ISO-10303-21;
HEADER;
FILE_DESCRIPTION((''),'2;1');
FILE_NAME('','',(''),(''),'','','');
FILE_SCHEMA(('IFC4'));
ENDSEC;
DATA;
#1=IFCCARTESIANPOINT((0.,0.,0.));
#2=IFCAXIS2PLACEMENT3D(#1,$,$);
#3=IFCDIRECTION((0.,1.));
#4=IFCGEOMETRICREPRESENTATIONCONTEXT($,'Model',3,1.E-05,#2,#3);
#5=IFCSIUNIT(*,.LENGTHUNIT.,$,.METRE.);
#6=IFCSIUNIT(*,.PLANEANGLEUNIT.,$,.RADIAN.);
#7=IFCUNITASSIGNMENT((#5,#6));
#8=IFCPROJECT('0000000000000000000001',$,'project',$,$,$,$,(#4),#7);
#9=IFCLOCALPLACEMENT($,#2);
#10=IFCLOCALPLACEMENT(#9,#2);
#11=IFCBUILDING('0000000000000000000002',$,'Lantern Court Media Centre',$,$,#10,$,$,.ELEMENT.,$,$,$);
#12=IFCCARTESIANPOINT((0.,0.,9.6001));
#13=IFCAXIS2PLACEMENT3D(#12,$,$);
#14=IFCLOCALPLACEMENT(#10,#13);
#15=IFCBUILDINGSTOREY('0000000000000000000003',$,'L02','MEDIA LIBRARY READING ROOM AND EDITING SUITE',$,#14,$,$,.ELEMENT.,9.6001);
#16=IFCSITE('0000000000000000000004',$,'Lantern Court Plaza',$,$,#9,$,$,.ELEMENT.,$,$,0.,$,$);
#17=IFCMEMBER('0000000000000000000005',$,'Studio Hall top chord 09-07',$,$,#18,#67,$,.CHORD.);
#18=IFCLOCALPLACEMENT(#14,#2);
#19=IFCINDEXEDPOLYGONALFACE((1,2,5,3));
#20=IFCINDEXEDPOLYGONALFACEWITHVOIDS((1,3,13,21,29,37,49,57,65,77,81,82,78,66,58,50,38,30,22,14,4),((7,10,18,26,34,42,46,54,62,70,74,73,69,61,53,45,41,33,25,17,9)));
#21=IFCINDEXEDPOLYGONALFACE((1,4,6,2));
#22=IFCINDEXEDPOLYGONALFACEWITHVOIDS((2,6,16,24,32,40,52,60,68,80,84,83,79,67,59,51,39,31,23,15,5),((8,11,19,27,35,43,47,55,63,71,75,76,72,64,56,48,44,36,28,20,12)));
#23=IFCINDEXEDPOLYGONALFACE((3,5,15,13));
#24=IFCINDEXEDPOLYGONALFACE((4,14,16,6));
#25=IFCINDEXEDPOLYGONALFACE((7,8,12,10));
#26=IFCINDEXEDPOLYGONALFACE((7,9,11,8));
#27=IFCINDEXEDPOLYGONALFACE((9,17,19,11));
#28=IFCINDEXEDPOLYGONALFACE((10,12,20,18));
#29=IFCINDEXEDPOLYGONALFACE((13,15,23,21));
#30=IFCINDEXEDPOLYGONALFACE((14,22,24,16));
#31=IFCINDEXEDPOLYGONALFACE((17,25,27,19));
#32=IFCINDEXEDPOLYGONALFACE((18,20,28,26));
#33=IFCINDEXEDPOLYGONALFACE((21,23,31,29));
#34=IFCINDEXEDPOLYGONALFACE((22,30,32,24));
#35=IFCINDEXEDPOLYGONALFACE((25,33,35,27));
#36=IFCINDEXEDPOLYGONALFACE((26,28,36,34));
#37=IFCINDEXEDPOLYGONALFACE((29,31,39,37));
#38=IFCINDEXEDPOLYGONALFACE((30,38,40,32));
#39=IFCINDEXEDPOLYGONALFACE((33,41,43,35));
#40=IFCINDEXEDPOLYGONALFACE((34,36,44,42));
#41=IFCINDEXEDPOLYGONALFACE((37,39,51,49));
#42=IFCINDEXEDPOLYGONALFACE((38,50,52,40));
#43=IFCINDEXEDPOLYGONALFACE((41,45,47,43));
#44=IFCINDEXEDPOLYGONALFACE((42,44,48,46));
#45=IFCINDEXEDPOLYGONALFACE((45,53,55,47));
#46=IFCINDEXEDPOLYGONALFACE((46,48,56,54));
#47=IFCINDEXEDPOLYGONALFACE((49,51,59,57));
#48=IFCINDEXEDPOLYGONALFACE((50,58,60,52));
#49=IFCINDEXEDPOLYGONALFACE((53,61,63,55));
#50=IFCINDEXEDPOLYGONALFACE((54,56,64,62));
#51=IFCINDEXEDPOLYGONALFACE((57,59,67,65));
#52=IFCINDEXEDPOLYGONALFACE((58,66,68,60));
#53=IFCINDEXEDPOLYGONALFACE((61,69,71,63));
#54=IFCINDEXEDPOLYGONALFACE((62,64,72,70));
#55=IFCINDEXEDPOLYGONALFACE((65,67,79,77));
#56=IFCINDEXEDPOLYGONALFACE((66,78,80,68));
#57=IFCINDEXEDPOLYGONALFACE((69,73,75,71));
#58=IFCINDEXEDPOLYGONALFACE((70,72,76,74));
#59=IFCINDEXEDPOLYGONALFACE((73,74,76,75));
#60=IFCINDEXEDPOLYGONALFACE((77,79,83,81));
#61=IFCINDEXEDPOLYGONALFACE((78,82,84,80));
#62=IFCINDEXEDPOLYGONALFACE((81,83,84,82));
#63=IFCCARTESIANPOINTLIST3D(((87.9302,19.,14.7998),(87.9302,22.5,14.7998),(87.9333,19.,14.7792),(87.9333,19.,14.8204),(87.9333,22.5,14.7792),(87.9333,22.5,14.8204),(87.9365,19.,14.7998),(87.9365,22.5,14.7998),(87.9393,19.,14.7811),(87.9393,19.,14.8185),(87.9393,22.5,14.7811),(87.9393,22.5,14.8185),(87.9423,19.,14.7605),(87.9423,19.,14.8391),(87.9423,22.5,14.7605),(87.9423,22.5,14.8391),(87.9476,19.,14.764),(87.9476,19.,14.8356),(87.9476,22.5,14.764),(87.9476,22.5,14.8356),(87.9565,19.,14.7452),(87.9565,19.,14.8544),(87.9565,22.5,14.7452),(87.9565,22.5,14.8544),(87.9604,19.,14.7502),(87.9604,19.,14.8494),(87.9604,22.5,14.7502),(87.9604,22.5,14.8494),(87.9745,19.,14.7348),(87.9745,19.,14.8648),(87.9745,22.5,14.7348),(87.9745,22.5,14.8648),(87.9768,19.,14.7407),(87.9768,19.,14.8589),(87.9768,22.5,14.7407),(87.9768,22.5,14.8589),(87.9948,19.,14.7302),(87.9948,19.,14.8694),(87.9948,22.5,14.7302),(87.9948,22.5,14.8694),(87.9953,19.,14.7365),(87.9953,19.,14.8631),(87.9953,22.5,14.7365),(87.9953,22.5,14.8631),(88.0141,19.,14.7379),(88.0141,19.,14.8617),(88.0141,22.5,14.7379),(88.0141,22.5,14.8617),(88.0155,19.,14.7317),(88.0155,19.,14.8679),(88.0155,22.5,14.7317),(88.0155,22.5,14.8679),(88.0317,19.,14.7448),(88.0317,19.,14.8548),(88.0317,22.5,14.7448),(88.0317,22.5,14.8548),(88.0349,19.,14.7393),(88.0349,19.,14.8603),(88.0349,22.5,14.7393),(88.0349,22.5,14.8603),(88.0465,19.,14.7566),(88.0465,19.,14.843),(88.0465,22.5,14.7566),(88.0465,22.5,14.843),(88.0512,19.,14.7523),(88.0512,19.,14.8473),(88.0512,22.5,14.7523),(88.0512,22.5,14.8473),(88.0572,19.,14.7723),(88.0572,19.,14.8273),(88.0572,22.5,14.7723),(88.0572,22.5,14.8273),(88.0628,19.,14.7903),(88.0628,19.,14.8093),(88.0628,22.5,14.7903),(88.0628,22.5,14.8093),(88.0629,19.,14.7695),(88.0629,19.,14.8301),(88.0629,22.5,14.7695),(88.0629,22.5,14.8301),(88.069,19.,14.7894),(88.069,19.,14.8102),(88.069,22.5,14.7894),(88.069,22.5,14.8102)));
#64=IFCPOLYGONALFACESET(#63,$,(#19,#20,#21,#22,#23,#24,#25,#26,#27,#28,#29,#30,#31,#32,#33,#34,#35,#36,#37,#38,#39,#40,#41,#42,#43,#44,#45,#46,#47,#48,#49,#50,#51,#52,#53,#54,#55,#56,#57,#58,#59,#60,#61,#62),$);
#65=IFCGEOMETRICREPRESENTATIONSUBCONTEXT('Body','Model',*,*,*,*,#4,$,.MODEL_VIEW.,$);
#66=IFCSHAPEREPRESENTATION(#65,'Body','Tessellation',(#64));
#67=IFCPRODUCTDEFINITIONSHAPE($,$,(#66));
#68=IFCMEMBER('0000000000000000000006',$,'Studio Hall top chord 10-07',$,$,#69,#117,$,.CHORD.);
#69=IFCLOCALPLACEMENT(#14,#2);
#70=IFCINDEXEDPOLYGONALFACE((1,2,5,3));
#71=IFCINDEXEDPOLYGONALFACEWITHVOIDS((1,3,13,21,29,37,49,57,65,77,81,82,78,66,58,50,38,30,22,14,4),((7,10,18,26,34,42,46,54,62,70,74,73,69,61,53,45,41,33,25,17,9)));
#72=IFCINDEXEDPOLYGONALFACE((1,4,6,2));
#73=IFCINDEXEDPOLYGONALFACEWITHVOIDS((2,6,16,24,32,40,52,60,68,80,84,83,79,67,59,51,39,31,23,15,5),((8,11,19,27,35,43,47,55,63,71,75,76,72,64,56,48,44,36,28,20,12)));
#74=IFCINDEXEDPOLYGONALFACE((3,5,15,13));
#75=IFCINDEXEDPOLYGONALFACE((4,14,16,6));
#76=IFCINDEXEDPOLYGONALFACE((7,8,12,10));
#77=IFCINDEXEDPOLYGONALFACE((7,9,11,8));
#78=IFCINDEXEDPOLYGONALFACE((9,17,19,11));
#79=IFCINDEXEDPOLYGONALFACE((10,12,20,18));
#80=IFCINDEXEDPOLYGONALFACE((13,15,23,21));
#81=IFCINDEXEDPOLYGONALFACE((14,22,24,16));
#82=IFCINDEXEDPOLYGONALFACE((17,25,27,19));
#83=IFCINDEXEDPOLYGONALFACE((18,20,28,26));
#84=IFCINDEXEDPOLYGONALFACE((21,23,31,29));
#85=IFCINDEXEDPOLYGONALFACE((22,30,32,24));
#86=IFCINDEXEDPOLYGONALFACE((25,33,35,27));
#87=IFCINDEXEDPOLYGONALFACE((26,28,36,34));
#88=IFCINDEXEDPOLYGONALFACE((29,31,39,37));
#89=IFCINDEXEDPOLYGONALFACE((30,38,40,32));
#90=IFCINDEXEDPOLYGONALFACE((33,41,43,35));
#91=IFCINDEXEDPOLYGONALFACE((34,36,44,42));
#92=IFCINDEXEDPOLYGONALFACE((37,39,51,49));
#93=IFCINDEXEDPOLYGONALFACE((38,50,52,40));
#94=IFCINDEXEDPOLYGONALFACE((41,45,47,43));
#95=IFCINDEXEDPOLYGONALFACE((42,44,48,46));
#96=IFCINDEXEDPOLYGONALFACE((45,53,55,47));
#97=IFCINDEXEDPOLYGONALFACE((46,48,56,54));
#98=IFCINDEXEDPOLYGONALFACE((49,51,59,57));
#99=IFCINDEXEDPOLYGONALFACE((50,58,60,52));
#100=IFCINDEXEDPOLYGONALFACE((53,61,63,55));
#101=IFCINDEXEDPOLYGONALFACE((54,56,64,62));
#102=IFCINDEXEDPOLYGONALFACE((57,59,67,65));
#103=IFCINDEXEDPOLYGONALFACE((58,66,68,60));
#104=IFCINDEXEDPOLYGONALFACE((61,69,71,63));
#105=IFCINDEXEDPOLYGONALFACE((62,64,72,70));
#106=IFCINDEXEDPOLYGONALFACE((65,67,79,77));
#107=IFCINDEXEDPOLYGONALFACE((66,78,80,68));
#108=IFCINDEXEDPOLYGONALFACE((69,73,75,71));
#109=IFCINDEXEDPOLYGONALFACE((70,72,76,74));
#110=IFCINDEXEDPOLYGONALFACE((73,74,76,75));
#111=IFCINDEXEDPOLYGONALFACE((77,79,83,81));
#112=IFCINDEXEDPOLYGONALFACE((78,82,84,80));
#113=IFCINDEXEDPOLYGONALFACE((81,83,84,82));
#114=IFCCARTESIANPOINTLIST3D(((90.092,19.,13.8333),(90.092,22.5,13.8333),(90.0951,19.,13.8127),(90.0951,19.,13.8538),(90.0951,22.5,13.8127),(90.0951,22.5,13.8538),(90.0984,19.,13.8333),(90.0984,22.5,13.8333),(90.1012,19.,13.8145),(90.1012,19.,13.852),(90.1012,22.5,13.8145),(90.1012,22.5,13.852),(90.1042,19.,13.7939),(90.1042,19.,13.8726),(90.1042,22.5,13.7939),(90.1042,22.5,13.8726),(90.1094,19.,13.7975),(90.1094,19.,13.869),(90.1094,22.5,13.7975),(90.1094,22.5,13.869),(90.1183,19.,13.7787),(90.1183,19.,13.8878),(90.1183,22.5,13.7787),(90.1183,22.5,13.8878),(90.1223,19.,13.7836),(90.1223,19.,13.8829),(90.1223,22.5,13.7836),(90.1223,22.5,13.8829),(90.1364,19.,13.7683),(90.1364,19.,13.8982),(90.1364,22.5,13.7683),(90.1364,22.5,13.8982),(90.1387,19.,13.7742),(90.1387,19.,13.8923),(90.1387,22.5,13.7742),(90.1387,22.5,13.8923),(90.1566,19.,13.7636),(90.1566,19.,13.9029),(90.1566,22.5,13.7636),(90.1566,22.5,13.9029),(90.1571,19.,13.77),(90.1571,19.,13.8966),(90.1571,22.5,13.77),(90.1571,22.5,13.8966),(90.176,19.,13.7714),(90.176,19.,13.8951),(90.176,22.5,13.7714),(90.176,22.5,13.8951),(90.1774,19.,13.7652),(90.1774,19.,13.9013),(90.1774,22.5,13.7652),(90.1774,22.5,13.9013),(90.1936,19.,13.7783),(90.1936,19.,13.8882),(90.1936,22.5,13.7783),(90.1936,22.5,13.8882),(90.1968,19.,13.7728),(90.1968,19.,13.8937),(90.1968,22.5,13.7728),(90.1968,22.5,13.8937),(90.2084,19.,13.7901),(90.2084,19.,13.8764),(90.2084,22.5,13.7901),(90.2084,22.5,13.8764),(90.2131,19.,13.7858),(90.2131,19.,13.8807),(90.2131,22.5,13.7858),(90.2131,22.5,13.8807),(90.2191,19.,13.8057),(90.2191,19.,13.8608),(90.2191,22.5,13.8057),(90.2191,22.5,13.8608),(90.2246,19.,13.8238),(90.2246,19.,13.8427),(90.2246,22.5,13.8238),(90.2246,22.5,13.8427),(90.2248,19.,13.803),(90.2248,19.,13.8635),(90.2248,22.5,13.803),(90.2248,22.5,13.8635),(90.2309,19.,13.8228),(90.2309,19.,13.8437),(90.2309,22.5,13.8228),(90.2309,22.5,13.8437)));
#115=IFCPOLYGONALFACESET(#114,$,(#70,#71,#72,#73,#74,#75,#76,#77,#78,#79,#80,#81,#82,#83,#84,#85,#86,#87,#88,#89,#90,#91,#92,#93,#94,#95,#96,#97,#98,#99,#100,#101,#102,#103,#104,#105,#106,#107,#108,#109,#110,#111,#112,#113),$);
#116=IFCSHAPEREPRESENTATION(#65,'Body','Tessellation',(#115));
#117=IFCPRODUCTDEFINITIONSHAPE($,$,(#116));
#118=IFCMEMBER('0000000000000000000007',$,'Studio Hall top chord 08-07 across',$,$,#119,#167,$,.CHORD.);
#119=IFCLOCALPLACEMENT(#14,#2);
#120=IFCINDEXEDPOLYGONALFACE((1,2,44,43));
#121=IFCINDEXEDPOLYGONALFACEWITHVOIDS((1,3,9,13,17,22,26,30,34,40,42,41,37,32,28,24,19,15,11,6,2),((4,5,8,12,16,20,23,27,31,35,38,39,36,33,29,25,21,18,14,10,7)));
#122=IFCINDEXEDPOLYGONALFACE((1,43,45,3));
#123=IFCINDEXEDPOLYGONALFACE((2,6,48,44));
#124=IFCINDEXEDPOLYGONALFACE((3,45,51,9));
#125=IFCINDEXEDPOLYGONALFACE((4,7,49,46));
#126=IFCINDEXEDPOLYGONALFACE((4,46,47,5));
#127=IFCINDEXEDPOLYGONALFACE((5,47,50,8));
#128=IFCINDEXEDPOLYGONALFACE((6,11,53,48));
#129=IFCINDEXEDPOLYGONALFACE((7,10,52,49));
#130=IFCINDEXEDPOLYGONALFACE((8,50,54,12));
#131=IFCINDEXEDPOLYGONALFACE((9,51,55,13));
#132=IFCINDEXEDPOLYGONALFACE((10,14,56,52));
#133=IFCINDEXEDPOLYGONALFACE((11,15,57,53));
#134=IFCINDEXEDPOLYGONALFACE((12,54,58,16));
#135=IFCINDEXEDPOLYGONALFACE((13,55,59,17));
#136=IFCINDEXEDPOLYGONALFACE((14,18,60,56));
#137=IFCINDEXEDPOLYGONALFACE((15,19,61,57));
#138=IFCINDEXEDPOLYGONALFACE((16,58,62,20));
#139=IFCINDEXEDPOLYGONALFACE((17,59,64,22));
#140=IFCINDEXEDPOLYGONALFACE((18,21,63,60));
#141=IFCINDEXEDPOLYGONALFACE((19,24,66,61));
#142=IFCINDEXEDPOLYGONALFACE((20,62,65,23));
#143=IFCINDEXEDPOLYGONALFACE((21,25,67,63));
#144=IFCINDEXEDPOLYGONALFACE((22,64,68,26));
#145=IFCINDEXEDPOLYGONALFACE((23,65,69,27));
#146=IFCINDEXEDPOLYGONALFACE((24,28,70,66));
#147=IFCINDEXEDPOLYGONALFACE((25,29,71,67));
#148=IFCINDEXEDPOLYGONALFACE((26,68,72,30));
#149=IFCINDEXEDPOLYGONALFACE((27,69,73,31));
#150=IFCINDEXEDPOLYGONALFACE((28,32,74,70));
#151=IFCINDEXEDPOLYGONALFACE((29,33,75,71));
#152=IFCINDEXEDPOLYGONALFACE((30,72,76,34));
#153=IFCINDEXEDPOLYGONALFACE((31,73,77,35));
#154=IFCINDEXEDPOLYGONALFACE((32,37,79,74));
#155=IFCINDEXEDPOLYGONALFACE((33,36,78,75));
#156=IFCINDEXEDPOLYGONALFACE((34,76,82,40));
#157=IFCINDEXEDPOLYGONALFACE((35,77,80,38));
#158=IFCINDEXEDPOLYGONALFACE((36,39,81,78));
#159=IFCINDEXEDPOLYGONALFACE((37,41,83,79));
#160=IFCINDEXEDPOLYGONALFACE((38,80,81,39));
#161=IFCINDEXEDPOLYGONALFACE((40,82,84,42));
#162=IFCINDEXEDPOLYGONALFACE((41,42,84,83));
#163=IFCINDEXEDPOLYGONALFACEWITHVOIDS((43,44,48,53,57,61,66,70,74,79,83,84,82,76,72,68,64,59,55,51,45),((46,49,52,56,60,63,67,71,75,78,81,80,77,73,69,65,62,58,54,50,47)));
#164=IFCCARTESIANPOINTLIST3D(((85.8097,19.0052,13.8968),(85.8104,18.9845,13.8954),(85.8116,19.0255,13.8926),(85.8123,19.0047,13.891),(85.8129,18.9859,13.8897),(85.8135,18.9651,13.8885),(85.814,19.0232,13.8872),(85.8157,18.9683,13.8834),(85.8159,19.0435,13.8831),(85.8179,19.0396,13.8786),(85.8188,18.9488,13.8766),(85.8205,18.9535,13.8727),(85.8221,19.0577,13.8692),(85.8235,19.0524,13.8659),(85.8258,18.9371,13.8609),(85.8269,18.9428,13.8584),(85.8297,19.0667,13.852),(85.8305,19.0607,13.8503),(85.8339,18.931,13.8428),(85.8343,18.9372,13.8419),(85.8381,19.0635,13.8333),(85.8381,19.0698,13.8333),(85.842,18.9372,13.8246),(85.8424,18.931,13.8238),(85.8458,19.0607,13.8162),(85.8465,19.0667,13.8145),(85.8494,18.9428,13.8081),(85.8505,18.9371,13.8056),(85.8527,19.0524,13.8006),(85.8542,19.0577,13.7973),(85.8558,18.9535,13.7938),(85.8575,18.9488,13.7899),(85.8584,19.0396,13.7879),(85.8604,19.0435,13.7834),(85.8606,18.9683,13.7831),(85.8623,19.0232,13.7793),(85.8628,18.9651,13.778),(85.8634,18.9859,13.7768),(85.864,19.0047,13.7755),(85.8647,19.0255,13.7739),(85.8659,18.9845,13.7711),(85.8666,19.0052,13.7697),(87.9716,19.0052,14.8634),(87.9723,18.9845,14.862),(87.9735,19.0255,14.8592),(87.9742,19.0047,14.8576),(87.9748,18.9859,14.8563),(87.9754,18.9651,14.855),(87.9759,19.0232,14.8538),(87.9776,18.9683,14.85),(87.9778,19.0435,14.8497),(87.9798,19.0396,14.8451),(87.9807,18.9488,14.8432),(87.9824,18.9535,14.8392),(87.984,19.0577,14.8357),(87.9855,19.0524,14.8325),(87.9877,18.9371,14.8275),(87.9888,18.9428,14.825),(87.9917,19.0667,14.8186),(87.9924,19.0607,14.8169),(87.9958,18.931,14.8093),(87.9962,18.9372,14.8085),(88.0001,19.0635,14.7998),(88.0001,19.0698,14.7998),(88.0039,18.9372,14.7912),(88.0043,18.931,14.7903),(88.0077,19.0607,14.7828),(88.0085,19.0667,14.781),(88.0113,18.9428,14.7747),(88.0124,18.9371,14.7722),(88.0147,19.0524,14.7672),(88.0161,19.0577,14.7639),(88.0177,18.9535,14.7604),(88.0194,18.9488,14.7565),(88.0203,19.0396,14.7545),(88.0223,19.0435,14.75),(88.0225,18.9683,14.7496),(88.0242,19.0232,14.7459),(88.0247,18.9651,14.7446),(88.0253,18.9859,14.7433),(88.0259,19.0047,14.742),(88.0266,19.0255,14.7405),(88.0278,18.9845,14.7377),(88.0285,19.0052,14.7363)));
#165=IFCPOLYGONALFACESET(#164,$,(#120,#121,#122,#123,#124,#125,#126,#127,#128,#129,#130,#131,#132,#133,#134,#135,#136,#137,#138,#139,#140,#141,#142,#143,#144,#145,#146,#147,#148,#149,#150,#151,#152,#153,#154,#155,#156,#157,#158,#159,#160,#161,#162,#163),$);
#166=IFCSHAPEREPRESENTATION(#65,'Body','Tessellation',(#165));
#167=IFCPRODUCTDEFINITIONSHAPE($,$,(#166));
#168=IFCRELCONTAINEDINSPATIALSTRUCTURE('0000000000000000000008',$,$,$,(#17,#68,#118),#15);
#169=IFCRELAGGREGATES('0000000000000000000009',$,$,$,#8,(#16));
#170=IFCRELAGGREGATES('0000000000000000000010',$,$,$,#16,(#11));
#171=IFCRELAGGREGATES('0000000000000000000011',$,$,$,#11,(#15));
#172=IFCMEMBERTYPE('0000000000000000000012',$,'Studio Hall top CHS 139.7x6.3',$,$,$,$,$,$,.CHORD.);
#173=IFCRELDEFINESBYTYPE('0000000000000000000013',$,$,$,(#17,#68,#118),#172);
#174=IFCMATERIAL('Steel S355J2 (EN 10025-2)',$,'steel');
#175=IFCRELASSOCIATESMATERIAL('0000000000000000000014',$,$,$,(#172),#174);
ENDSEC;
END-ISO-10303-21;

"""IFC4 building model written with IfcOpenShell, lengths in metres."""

from ifc_helpers import new_model, si_unit, direction, frame, origin, origin_2d, place, context, subcontext, project, spatial, hollow_circle, extrude, material, material_profile, profile_set, type_object, element, save


model = new_model("IFC4")

# Units and contexts
model_context = context("Model", 3, precision=1e-05, world=origin(), true_north=direction((0.0, 1.0)))
body_context = subcontext(model_context, "Body", "Model", "MODEL_VIEW")
ifc_project = project(units=[si_unit("LENGTHUNIT", "METRE"), si_unit("PLANEANGLEUNIT", "RADIAN")], contexts=[model_context])

# Site, building, storey
site_placement = place(None, origin())
site = spatial("IfcSite", under=ifc_project, at=site_placement, Name="Lantern Court Plaza", CompositionType="ELEMENT", RefElevation=0.0)
building_placement = place(site_placement, origin())
building = spatial("IfcBuilding", under=site, at=building_placement, Name="Lantern Court Media Centre", CompositionType="ELEMENT")
storey_placement = place(building_placement, frame((0.0, 0.0, 9.6001)))
storey = spatial("IfcBuildingStorey", under=building, at=storey_placement, Name="L02", Description="MEDIA LIBRARY READING ROOM AND EDITING SUITE", CompositionType="ELEMENT", Elevation=9.6001)

# Members
ifc_material = material(Name="Steel S355J2 (EN 10025-2)", Category="steel")
ifc_material_profile_1 = material_profile(ifc_material, hollow_circle(Radius=0.0698, WallThickness=0.0063, at=origin_2d()), Name="Studio Hall top CHS 139.7x6.3")
ifc_profile_set_1 = profile_set([ifc_material_profile_1], Name="Steel S355J2 (EN 10025-2)")
member_type_1 = type_object("IfcMemberType", Name="Studio Hall top CHS 139.7x6.3", PredefinedType="CHORD", material=ifc_profile_set_1)
for number, where, z_axis, x_axis, name in (
    (1, (88.0, 19.0, 14.7998), (0.0, 1.0, 0.0), (-1.0, 0.0, 0.0), "Studio Hall top chord 09-07"),
    (2, (90.1619, 19.0, 13.8333), (0.0, 1.0, 0.0), (-1.0, 0.0, 0.0), "Studio Hall top chord 10-07"),
):
    element("IfcMember", number, at=place(storey_placement, frame(where, z_axis=z_axis, x_axis=x_axis)), inside=storey, type_object=member_type_1, Name=name, PredefinedType="CHORD", context=body_context, shape_type="SweptSolid", body=[
        extrude(hollow_circle(Radius=0.0698, WallThickness=0.0063, at=origin_2d()), origin(), (0.0, 0.0, 1.0), 3.5),
    ])
for number, where, z_axis, x_axis, name in (
    (3, (85.8381, 19.0, 13.8333), (0.912912, 0.0, 0.408156), (0.0, 1.0, 0.0), "Studio Hall top chord 08-07 across"),
):
    element("IfcMember", number, at=place(storey_placement, frame(where, z_axis=z_axis, x_axis=x_axis)), inside=storey, type_object=member_type_1, Name=name, PredefinedType="CHORD", context=body_context, shape_type="SweptSolid", body=[
        extrude(hollow_circle(Radius=0.0698, WallThickness=0.0063, at=origin_2d()), origin(), (0.0, 0.0, 1.0), 2.3682),
    ])

save(model, "model.ifc")
